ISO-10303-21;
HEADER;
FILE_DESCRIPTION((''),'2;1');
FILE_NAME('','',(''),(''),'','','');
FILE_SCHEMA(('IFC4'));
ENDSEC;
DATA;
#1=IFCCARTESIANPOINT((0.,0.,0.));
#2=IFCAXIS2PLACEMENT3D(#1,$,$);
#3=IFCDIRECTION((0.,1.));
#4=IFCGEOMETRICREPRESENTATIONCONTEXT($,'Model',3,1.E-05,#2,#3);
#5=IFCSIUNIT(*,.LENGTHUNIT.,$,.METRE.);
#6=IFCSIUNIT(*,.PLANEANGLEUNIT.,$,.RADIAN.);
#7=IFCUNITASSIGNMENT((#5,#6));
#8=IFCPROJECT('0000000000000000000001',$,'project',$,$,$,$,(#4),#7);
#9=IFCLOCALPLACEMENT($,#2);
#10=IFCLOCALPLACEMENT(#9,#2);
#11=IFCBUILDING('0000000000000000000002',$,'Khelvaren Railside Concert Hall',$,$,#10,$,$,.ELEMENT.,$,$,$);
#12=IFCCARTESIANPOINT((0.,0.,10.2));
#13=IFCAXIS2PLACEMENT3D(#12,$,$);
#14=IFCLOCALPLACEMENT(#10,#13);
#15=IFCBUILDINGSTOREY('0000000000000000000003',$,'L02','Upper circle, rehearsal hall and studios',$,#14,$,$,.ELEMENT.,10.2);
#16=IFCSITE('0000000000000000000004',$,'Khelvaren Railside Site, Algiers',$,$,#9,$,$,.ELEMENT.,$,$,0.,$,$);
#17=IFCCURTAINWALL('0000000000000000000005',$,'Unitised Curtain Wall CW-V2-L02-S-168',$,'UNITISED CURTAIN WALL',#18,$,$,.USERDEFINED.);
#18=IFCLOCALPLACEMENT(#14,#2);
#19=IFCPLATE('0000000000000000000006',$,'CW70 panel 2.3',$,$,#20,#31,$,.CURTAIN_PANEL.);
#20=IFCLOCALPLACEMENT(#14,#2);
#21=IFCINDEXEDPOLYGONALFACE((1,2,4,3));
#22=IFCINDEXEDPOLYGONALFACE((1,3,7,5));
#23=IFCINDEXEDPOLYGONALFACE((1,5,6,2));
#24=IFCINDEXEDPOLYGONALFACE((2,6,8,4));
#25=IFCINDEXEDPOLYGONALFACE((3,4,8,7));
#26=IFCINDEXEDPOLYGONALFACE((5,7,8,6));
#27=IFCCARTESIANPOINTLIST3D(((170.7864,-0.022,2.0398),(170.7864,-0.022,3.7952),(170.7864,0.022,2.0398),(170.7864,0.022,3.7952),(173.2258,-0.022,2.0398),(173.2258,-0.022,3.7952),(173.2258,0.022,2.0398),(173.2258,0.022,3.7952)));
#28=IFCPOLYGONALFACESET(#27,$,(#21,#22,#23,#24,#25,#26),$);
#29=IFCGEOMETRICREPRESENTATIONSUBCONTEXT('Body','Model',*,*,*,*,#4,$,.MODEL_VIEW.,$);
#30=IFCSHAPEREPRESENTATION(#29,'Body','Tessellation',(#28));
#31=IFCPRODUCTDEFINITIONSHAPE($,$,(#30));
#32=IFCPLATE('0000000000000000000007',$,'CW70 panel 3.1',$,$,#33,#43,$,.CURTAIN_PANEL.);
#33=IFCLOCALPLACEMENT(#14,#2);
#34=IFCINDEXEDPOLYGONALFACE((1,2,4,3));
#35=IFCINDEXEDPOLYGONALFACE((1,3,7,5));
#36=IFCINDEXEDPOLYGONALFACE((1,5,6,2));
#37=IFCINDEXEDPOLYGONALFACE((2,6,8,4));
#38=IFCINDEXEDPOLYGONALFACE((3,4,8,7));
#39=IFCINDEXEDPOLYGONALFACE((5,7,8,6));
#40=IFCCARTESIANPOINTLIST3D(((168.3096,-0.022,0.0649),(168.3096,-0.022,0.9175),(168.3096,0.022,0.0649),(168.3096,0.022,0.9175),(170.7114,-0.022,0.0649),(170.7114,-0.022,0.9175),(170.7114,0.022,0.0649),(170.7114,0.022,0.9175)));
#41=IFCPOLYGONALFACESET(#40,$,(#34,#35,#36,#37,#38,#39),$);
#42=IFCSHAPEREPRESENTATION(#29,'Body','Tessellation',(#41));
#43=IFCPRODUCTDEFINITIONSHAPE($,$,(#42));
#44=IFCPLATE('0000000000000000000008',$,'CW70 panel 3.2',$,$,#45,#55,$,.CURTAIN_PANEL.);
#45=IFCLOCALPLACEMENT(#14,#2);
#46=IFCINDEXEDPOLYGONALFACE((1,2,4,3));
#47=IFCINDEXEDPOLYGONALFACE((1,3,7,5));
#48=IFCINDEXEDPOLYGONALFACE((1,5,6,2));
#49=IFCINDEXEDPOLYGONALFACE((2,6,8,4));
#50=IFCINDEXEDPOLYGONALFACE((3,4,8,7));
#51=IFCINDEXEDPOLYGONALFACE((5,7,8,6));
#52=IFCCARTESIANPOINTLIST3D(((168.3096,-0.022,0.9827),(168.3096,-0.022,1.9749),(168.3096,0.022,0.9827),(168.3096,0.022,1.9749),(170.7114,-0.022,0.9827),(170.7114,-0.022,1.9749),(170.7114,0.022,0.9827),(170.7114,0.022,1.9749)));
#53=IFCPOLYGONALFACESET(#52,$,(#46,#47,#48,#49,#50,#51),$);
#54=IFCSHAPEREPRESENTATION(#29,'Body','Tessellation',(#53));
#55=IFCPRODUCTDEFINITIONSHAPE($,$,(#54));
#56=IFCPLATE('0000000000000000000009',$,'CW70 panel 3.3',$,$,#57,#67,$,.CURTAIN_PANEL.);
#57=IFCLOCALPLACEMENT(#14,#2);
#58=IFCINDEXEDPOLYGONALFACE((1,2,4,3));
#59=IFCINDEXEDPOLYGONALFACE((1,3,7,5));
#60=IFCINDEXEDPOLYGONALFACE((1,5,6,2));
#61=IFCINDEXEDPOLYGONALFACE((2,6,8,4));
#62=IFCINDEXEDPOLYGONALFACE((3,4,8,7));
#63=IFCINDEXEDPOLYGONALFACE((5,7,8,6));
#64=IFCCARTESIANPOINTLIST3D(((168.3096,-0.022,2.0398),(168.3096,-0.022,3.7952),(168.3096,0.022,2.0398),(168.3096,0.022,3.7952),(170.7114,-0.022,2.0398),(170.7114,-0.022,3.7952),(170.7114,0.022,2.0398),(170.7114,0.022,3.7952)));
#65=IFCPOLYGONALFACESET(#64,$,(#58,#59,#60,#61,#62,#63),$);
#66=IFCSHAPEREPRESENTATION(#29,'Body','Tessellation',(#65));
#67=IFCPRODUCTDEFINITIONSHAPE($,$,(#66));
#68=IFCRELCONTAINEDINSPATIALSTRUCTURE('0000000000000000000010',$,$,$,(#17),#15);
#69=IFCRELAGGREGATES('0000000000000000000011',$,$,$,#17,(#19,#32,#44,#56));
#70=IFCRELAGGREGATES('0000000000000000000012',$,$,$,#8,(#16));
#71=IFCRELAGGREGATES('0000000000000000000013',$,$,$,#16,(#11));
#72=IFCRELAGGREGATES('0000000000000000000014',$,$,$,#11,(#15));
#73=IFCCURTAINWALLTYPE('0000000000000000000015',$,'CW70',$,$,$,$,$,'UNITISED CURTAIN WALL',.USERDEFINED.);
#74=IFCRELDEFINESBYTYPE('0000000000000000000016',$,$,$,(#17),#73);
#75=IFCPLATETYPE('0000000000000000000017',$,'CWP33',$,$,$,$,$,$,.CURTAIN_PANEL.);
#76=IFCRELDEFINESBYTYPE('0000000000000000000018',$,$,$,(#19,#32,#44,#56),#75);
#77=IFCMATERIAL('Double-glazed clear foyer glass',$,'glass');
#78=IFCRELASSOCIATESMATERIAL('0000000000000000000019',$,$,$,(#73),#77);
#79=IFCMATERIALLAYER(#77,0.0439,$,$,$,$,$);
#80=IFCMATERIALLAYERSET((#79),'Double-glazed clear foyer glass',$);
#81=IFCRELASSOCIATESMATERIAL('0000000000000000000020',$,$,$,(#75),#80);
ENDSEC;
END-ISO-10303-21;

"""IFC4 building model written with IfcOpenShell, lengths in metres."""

from ifc_helpers import new_model, si_unit, direction, frame, origin, origin_2d, place, context, subcontext, project, spatial, rectangle, extrude, material, layer, layer_set, type_object, element, aggregate, save


model = new_model("IFC4")

# Units and contexts
model_context = context("Model", 3, precision=1e-05, world=origin(), true_north=direction((0.0, 1.0)))
body_context = subcontext(model_context, "Body", "Model", "MODEL_VIEW")
ifc_project = project(units=[si_unit("LENGTHUNIT", "METRE"), si_unit("PLANEANGLEUNIT", "RADIAN")], contexts=[model_context])

# Site, building, storey
site_placement = place(None, origin())
site = spatial("IfcSite", under=ifc_project, at=site_placement, Name="Khelvaren Railside Site, Algiers", CompositionType="ELEMENT", RefElevation=0.0)
building_placement = place(site_placement, origin())
building = spatial("IfcBuilding", under=site, at=building_placement, Name="Khelvaren Railside Concert Hall", CompositionType="ELEMENT")
storey_placement = place(building_placement, frame((0.0, 0.0, 10.2)))
storey = spatial("IfcBuildingStorey", under=building, at=storey_placement, Name="L02", Description="Upper circle, rehearsal hall and studios", CompositionType="ELEMENT", Elevation=10.2)

# Shared definitions
ifc_material_1 = material(Name="Double-glazed clear foyer glass", Category="glass")

# Curtain wall
curtain_wall_type_1 = type_object("IfcCurtainWallType", Name="CW70", ElementType="UNITISED CURTAIN WALL", PredefinedType="USERDEFINED", material=ifc_material_1)
curtain_wall_1_placement = place(storey_placement, origin())
curtain_wall_1 = element("IfcCurtainWall", 1, at=curtain_wall_1_placement, inside=storey, type_object=curtain_wall_type_1, Name="Unitised Curtain Wall CW-V2-L02-S-168", ObjectType="UNITISED CURTAIN WALL", PredefinedType="USERDEFINED")

# Plates
ifc_layer = layer(ifc_material_1, 0.0439)
ifc_layer_set = layer_set([ifc_layer], Name="Double-glazed clear foyer glass")
plate_type = type_object("IfcPlateType", Name="CWP33", PredefinedType="CURTAIN_PANEL", material=ifc_layer_set)
plate_1_placement = place(storey_placement, frame((172.0061, 0.0, 2.0398), z_axis=(0.0, 0.0, 1.0), x_axis=(-1.0, 0.0, 0.0)))
plate_1 = element("IfcPlate", 2, at=plate_1_placement, type_object=plate_type, Name="CW70 panel 2.3", PredefinedType="CURTAIN_PANEL", context=body_context, shape_type="SweptSolid", body=[
    extrude(rectangle(XDim=2.4395, YDim=0.0439, at=origin_2d()), origin(), (0.0, 0.0, 1.0), 1.7554),
])
plate_2_placement = place(storey_placement, frame((169.5105, 0.0, 0.0649), z_axis=(0.0, 0.0, 1.0), x_axis=(-1.0, 0.0, 0.0)))
plate_2 = element("IfcPlate", 3, at=plate_2_placement, type_object=plate_type, Name="CW70 panel 3.1", PredefinedType="CURTAIN_PANEL", context=body_context, shape_type="SweptSolid", body=[
    extrude(rectangle(XDim=2.4019, YDim=0.0439, at=origin_2d()), origin(), (0.0, 0.0, 1.0), 0.8525),
])
plate_3_placement = place(storey_placement, frame((169.5105, 0.0, 0.9827), z_axis=(0.0, 0.0, 1.0), x_axis=(-1.0, 0.0, 0.0)))
plate_3 = element("IfcPlate", 4, at=plate_3_placement, type_object=plate_type, Name="CW70 panel 3.2", PredefinedType="CURTAIN_PANEL", context=body_context, shape_type="SweptSolid", body=[
    extrude(rectangle(XDim=2.4019, YDim=0.0439, at=origin_2d()), origin(), (0.0, 0.0, 1.0), 0.9922),
])
plate_4_placement = place(storey_placement, frame((169.5105, 0.0, 2.0398), z_axis=(0.0, 0.0, 1.0), x_axis=(-1.0, 0.0, 0.0)))
plate_4 = element("IfcPlate", 5, at=plate_4_placement, type_object=plate_type, Name="CW70 panel 3.3", PredefinedType="CURTAIN_PANEL", context=body_context, shape_type="SweptSolid", body=[
    extrude(rectangle(XDim=2.4019, YDim=0.0439, at=origin_2d()), origin(), (0.0, 0.0, 1.0), 1.7554),
])
aggregate(curtain_wall_1, [plate_1, plate_2, plate_3, plate_4])

save(model, "model.ifc")
